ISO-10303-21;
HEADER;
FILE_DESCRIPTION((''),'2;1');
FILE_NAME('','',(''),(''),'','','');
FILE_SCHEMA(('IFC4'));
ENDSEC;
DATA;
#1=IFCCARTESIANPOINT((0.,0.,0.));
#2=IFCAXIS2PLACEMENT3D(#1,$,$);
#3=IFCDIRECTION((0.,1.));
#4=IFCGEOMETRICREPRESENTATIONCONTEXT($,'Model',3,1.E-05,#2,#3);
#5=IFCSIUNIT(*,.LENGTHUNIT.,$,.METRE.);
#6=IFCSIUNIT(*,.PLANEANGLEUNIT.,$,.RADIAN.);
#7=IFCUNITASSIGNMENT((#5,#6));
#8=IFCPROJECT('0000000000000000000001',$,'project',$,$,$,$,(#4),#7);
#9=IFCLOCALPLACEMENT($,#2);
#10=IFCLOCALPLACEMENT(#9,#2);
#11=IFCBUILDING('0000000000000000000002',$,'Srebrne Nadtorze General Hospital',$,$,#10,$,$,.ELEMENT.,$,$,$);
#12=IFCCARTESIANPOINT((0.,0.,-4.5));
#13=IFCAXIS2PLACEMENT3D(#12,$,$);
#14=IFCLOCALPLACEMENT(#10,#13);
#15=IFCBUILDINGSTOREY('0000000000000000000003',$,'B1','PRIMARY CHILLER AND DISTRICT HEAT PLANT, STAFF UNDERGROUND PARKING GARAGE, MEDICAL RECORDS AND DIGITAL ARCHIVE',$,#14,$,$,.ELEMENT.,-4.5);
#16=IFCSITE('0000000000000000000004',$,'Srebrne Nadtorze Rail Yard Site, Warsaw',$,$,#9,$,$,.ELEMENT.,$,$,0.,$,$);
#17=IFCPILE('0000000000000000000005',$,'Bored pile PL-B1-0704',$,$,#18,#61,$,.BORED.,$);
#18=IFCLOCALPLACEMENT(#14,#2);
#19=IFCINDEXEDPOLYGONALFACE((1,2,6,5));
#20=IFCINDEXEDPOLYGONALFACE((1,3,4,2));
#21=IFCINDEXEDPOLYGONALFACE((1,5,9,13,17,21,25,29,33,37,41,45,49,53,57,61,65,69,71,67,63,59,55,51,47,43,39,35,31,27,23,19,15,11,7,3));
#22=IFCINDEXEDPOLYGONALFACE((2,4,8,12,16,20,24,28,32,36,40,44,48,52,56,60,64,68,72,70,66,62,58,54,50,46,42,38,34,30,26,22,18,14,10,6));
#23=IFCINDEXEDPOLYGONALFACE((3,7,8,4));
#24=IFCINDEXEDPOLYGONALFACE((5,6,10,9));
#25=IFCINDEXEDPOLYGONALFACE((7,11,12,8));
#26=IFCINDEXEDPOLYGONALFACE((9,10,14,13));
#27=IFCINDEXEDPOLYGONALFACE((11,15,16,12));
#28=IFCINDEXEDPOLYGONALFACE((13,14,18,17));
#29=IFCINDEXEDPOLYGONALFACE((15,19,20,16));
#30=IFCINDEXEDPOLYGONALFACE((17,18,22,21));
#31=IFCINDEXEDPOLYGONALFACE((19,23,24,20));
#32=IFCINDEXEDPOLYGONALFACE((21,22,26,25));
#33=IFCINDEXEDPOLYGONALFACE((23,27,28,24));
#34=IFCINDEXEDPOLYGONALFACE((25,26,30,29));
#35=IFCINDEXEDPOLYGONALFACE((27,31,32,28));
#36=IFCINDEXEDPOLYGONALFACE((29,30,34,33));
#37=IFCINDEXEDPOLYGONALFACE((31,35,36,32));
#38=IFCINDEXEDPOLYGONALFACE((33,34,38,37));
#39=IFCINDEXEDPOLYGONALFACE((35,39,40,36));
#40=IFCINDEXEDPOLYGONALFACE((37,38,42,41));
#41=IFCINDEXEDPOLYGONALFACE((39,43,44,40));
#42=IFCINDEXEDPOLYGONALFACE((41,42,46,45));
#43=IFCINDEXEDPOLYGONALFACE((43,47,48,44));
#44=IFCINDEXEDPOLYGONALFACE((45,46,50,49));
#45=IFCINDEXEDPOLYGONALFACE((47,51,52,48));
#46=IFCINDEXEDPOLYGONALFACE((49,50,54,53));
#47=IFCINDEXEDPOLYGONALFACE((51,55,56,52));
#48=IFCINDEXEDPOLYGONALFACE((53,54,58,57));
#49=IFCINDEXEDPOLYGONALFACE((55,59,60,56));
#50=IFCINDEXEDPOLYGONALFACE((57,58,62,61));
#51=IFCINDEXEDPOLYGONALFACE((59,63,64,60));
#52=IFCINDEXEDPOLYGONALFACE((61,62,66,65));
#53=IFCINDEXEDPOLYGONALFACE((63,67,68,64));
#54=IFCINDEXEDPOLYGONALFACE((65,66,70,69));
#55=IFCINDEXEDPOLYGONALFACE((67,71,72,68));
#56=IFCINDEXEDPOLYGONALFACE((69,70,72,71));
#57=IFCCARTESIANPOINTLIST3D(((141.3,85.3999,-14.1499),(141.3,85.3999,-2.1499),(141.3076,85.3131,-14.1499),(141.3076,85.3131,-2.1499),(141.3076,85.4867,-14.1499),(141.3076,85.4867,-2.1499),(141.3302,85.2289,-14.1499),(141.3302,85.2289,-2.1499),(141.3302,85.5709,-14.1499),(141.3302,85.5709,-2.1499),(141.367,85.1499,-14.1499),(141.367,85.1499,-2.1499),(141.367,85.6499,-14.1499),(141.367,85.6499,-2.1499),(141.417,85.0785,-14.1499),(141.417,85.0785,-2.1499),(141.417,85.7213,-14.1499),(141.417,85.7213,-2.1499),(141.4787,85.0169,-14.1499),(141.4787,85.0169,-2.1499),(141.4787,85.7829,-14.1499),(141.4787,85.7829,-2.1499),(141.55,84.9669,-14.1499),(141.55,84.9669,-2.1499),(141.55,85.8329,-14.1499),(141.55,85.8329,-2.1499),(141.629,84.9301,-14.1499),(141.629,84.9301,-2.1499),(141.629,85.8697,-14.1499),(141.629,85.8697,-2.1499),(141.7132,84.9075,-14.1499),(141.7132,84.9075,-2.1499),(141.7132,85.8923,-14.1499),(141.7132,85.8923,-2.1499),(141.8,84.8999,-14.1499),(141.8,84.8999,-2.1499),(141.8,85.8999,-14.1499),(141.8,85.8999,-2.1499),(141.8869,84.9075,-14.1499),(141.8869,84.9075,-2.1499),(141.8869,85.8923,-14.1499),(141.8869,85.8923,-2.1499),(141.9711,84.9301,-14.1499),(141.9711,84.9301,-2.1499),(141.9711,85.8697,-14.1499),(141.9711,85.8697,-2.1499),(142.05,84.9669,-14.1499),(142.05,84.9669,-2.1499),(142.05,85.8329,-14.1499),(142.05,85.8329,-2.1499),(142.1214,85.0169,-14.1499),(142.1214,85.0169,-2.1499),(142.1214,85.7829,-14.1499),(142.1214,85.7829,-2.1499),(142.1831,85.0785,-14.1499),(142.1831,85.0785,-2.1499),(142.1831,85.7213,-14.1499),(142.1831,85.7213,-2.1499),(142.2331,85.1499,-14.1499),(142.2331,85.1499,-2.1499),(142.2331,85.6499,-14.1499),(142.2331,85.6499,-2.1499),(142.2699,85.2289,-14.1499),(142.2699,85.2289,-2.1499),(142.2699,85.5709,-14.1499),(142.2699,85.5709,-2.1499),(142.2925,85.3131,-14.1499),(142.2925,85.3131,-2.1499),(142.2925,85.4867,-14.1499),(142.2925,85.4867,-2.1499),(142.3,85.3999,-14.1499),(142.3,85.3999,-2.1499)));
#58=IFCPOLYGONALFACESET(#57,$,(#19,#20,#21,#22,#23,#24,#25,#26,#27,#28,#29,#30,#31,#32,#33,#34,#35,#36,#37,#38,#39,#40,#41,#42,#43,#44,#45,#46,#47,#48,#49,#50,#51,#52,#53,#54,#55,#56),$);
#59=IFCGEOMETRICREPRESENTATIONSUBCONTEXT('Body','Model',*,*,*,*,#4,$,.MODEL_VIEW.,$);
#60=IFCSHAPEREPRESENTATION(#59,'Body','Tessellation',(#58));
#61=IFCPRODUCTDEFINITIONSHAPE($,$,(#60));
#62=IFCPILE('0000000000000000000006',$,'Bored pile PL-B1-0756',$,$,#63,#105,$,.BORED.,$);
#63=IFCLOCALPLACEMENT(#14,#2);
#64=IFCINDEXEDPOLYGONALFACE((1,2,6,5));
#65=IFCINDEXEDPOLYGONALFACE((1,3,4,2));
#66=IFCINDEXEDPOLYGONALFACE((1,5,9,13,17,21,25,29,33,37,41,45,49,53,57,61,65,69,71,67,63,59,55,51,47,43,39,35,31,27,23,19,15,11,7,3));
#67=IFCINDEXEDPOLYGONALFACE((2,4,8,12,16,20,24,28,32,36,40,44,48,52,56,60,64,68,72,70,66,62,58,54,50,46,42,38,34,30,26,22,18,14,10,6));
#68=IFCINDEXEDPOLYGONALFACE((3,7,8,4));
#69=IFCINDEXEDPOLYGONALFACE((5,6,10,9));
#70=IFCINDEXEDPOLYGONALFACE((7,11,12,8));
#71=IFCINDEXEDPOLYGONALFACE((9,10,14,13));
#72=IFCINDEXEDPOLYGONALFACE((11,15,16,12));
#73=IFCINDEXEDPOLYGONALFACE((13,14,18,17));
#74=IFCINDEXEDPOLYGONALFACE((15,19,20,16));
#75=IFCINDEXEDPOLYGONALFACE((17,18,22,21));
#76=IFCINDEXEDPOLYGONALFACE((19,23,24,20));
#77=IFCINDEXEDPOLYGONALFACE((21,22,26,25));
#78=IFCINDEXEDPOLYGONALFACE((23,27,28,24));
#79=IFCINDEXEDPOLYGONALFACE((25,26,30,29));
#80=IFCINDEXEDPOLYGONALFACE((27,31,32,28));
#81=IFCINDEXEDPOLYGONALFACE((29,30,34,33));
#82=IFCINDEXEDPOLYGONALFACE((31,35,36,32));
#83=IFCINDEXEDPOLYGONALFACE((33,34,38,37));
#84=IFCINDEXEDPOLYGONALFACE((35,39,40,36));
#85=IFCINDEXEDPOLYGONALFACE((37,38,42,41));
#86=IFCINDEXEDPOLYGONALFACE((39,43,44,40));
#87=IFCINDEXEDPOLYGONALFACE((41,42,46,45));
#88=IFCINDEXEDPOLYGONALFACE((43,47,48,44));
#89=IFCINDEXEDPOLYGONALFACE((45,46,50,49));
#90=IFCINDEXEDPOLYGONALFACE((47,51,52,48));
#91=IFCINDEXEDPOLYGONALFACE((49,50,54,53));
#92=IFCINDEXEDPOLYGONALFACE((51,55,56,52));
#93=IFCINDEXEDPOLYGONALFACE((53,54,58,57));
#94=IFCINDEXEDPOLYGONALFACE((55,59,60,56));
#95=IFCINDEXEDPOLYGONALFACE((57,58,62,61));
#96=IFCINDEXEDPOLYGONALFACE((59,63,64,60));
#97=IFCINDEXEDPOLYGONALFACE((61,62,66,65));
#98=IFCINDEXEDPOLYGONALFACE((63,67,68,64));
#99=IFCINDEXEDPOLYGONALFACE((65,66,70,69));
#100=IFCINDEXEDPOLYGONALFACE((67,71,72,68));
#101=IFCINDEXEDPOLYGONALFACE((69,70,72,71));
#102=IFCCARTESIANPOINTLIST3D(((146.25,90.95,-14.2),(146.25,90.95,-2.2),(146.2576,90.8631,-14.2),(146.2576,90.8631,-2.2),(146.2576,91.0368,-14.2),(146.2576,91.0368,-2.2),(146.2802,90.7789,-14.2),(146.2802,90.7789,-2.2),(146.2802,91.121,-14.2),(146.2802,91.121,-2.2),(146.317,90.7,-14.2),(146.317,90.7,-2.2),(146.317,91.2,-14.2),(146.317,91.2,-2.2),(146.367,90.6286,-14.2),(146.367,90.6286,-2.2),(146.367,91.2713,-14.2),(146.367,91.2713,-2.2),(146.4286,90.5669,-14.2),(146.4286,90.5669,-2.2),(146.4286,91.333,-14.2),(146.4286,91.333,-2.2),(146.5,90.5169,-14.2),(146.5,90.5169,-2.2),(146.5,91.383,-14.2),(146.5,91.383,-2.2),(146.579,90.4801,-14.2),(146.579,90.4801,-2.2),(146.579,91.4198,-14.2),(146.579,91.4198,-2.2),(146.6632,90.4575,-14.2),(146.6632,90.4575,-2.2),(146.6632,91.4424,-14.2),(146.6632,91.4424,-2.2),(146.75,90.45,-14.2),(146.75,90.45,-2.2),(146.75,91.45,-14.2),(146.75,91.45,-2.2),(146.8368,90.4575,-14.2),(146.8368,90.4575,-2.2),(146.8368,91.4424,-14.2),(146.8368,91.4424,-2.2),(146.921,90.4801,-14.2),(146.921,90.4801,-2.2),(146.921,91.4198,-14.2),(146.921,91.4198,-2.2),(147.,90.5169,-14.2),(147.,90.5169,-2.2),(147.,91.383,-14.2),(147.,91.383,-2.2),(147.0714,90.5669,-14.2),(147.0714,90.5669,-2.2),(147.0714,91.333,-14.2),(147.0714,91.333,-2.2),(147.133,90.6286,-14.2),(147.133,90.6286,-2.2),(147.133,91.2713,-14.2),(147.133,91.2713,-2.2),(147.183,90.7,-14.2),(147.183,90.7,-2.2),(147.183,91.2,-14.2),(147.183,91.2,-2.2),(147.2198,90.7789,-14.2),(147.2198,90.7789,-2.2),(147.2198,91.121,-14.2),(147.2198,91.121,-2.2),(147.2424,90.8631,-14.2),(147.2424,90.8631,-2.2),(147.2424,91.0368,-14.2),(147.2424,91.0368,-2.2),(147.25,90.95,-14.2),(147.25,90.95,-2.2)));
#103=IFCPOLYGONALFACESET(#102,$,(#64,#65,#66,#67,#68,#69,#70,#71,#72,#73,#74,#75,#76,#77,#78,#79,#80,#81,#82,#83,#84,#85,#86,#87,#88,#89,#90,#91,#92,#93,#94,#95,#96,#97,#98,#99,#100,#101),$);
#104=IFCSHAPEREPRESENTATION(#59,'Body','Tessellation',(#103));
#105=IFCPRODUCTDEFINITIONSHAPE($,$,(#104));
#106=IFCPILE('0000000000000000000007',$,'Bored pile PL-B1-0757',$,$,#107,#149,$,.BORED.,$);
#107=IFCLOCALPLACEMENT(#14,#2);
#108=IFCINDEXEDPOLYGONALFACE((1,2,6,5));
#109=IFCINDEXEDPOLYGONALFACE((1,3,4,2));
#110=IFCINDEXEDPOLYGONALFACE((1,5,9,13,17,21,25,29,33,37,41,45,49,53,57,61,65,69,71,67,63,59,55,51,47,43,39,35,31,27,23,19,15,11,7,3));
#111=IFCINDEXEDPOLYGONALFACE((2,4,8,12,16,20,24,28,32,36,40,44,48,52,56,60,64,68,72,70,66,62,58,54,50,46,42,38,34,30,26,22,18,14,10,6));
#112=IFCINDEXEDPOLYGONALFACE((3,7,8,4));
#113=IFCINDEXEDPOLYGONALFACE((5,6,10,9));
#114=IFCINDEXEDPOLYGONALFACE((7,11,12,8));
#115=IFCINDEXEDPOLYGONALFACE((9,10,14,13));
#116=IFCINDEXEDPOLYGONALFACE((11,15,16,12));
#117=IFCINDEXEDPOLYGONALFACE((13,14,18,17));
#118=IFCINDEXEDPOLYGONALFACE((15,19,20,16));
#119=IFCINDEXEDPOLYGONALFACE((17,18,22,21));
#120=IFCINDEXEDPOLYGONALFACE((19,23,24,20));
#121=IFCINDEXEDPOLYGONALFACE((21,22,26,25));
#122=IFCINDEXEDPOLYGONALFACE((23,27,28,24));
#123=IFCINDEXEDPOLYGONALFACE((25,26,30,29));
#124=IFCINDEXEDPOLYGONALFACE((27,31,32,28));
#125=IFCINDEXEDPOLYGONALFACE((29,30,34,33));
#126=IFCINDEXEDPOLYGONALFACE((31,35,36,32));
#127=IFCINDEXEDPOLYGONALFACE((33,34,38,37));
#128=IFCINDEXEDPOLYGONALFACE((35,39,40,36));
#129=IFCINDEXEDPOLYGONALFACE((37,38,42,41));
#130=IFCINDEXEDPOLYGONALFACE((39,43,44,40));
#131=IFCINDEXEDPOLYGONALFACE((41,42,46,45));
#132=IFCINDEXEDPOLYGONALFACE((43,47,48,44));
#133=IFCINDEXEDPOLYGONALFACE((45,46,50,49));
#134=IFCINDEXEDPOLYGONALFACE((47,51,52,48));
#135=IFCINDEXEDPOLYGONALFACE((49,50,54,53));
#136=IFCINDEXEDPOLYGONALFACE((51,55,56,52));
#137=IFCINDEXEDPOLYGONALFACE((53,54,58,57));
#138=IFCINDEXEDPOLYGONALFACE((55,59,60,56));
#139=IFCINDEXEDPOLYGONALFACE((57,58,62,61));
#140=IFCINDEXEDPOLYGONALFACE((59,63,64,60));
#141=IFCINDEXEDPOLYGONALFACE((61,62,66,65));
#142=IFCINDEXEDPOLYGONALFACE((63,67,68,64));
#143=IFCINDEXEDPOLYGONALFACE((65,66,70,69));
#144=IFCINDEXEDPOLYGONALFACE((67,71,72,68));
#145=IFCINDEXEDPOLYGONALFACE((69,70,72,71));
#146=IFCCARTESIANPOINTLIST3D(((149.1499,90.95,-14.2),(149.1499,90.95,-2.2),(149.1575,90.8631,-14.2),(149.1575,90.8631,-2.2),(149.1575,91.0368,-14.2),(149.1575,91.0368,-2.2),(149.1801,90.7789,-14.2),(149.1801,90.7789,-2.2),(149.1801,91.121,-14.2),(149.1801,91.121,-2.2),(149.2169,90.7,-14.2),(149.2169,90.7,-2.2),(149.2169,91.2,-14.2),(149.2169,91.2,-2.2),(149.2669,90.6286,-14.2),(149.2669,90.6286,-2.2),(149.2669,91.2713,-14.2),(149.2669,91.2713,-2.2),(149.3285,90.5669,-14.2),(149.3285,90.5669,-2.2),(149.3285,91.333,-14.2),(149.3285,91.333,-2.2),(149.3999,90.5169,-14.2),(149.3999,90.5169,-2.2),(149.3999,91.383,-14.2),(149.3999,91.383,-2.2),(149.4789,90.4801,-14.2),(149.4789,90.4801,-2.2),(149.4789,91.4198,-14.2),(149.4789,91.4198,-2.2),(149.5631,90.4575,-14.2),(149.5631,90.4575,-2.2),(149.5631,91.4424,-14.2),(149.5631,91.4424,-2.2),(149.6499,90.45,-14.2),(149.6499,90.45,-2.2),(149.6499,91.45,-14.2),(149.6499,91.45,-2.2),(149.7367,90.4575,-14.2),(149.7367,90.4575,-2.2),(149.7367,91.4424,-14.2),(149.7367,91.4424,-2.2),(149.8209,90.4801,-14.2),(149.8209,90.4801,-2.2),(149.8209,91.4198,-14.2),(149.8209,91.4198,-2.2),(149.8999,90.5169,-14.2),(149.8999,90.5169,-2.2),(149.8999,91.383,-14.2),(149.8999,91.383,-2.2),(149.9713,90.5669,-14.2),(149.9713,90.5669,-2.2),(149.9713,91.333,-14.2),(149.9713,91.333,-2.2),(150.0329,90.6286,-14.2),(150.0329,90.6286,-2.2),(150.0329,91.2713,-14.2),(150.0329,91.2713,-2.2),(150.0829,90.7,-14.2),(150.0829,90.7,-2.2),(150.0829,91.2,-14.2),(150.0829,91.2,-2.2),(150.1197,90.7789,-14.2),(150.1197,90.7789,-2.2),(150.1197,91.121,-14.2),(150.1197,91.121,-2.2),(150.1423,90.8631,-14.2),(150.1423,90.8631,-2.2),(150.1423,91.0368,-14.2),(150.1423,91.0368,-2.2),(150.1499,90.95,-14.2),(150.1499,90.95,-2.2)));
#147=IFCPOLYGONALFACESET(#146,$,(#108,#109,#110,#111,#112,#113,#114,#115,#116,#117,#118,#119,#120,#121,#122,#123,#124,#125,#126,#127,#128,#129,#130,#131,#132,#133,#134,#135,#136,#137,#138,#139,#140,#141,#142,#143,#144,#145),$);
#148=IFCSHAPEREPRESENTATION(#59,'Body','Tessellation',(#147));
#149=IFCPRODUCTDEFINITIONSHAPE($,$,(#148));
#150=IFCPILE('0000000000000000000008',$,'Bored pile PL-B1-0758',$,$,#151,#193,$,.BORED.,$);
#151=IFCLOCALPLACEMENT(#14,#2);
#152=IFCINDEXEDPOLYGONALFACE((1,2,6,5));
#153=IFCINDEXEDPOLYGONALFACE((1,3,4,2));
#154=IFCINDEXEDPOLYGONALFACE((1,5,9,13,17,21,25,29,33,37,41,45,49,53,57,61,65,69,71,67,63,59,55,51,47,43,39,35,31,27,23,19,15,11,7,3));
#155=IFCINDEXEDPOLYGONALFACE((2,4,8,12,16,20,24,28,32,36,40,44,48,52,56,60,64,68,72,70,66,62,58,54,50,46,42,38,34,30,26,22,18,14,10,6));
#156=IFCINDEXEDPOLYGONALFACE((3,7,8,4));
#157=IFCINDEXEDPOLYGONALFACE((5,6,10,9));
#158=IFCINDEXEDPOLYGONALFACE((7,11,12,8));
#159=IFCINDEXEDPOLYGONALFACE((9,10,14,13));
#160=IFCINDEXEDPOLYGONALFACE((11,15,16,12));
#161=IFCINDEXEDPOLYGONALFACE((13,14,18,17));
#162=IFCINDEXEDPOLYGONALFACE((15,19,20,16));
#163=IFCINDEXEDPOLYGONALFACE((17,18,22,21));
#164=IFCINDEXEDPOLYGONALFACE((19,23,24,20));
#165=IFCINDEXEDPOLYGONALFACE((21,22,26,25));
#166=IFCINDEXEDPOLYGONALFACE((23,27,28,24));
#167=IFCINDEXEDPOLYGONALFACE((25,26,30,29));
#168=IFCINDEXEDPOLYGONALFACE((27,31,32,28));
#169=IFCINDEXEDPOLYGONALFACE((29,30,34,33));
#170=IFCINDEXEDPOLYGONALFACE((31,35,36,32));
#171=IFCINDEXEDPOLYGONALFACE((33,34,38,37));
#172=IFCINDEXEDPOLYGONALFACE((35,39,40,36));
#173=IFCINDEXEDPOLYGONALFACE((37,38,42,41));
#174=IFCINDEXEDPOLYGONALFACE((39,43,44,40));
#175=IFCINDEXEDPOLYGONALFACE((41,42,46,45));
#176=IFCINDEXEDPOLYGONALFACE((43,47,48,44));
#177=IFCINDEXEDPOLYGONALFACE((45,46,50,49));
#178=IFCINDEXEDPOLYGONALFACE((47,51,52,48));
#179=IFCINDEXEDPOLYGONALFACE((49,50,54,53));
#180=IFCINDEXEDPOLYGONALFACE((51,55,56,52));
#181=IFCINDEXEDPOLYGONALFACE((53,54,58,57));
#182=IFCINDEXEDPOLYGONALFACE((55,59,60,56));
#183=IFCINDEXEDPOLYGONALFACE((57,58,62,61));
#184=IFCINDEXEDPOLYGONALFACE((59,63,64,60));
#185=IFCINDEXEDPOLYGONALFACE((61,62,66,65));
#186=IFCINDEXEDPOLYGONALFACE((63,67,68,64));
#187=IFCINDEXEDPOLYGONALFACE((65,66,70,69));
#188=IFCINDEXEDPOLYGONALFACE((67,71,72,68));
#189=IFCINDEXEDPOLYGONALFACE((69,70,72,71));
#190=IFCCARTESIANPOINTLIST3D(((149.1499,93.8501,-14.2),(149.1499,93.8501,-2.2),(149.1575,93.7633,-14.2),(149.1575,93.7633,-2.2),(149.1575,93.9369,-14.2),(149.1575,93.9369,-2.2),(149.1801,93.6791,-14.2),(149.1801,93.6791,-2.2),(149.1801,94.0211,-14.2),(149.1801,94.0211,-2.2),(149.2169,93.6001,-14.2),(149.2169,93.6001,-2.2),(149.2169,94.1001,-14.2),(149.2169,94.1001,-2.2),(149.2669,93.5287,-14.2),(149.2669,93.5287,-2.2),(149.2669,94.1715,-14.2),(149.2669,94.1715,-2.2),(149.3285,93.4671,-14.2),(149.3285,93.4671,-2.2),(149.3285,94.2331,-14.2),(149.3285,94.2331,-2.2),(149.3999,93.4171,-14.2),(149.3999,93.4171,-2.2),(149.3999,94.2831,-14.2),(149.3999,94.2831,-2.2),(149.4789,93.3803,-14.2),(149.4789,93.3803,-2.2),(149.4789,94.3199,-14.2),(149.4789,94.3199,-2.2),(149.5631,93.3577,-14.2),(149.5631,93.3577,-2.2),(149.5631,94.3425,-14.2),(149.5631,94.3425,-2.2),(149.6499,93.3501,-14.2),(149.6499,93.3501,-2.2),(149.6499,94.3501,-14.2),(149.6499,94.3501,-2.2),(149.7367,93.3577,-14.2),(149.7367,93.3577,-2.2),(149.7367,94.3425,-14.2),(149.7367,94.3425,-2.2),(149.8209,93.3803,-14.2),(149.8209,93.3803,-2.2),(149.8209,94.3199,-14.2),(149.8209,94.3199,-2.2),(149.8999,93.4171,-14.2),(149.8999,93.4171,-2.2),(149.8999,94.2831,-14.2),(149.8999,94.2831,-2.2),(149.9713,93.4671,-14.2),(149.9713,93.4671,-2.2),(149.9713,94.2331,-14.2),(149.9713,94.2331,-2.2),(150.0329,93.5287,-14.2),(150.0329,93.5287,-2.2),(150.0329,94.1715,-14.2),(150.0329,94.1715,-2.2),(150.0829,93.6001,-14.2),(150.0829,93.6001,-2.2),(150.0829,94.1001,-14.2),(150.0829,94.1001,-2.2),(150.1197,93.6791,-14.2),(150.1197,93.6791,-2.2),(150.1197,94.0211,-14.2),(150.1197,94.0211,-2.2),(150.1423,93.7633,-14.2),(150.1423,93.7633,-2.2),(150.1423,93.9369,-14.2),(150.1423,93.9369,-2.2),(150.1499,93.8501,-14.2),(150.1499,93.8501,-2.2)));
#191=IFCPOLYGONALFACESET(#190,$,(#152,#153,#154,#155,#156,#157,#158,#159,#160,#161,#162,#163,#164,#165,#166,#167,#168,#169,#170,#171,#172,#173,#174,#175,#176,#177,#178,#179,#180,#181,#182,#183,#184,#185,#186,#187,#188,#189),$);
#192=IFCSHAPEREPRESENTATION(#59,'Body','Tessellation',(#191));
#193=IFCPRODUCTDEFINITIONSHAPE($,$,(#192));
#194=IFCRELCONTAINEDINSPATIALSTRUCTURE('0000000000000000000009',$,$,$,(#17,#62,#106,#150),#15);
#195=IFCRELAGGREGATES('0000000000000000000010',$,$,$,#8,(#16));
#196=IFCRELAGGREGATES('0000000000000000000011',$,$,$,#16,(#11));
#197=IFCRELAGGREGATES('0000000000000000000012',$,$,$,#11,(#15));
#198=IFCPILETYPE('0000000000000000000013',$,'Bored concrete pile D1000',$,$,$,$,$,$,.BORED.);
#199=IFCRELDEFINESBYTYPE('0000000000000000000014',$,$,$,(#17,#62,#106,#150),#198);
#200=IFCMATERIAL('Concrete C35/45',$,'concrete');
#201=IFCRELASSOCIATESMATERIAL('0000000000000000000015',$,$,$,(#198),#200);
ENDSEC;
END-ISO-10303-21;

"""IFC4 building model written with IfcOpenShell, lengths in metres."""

from ifc_helpers import new_model, si_unit, direction, frame, origin, origin_2d, place, context, subcontext, project, spatial, circle, extrude, material, material_profile, profile_set, type_object, element, save


model = new_model("IFC4")

# Units and contexts
model_context = context("Model", 3, precision=1e-05, world=origin(), true_north=direction((0.0, 1.0)))
body_context = subcontext(model_context, "Body", "Model", "MODEL_VIEW")
ifc_project = project(units=[si_unit("LENGTHUNIT", "METRE"), si_unit("PLANEANGLEUNIT", "RADIAN")], contexts=[model_context])

# Site, building, storey
site_placement = place(None, origin())
site = spatial("IfcSite", under=ifc_project, at=site_placement, Name="Srebrne Nadtorze Rail Yard Site, Warsaw", CompositionType="ELEMENT", RefElevation=0.0)
building_placement = place(site_placement, origin())
building = spatial("IfcBuilding", under=site, at=building_placement, Name="Srebrne Nadtorze General Hospital", CompositionType="ELEMENT")
storey_placement = place(building_placement, frame((0.0, 0.0, -4.5)))
storey = spatial("IfcBuildingStorey", under=building, at=storey_placement, Name="B1", Description="PRIMARY CHILLER AND DISTRICT HEAT PLANT, STAFF UNDERGROUND PARKING GARAGE, MEDICAL RECORDS AND DIGITAL ARCHIVE", CompositionType="ELEMENT", Elevation=-4.5)

# Piles
ifc_material_1 = material(Name="Concrete C35/45", Category="concrete")
ifc_material_profile_1 = material_profile(ifc_material_1, circle(Radius=0.5, at=origin_2d()), Name="PILE-D1000")
ifc_profile_set_1 = profile_set([ifc_material_profile_1], Name="Concrete C35/45")
pile_type_1 = type_object("IfcPileType", Name="Bored concrete pile D1000", PredefinedType="BORED", material=ifc_profile_set_1)
for number, where, z_axis, x_axis, name in (
    (1, (141.8, 85.3999, -2.1499), (0.0, 0.0, -1.0), (1.0, 0.0, 0.0), "Bored pile PL-B1-0704"),
    (2, (146.75, 90.95, -2.2), (0.0, 0.0, -1.0), (1.0, 0.0, 0.0), "Bored pile PL-B1-0756"),
    (3, (149.6499, 90.95, -2.2), (0.0, 0.0, -1.0), (1.0, 0.0, 0.0), "Bored pile PL-B1-0757"),
    (4, (149.6499, 93.8501, -2.2), (0.0, 0.0, -1.0), (1.0, 0.0, 0.0), "Bored pile PL-B1-0758"),
):
    element("IfcPile", number, at=place(storey_placement, frame(where, z_axis=z_axis, x_axis=x_axis)), inside=storey, type_object=pile_type_1, Name=name, PredefinedType="BORED", context=body_context, shape_type="SweptSolid", body=[
        extrude(circle(Radius=0.5, at=origin_2d()), origin(), (0.0, 0.0, 1.0), 12.0),
    ])

save(model, "model.ifc")
